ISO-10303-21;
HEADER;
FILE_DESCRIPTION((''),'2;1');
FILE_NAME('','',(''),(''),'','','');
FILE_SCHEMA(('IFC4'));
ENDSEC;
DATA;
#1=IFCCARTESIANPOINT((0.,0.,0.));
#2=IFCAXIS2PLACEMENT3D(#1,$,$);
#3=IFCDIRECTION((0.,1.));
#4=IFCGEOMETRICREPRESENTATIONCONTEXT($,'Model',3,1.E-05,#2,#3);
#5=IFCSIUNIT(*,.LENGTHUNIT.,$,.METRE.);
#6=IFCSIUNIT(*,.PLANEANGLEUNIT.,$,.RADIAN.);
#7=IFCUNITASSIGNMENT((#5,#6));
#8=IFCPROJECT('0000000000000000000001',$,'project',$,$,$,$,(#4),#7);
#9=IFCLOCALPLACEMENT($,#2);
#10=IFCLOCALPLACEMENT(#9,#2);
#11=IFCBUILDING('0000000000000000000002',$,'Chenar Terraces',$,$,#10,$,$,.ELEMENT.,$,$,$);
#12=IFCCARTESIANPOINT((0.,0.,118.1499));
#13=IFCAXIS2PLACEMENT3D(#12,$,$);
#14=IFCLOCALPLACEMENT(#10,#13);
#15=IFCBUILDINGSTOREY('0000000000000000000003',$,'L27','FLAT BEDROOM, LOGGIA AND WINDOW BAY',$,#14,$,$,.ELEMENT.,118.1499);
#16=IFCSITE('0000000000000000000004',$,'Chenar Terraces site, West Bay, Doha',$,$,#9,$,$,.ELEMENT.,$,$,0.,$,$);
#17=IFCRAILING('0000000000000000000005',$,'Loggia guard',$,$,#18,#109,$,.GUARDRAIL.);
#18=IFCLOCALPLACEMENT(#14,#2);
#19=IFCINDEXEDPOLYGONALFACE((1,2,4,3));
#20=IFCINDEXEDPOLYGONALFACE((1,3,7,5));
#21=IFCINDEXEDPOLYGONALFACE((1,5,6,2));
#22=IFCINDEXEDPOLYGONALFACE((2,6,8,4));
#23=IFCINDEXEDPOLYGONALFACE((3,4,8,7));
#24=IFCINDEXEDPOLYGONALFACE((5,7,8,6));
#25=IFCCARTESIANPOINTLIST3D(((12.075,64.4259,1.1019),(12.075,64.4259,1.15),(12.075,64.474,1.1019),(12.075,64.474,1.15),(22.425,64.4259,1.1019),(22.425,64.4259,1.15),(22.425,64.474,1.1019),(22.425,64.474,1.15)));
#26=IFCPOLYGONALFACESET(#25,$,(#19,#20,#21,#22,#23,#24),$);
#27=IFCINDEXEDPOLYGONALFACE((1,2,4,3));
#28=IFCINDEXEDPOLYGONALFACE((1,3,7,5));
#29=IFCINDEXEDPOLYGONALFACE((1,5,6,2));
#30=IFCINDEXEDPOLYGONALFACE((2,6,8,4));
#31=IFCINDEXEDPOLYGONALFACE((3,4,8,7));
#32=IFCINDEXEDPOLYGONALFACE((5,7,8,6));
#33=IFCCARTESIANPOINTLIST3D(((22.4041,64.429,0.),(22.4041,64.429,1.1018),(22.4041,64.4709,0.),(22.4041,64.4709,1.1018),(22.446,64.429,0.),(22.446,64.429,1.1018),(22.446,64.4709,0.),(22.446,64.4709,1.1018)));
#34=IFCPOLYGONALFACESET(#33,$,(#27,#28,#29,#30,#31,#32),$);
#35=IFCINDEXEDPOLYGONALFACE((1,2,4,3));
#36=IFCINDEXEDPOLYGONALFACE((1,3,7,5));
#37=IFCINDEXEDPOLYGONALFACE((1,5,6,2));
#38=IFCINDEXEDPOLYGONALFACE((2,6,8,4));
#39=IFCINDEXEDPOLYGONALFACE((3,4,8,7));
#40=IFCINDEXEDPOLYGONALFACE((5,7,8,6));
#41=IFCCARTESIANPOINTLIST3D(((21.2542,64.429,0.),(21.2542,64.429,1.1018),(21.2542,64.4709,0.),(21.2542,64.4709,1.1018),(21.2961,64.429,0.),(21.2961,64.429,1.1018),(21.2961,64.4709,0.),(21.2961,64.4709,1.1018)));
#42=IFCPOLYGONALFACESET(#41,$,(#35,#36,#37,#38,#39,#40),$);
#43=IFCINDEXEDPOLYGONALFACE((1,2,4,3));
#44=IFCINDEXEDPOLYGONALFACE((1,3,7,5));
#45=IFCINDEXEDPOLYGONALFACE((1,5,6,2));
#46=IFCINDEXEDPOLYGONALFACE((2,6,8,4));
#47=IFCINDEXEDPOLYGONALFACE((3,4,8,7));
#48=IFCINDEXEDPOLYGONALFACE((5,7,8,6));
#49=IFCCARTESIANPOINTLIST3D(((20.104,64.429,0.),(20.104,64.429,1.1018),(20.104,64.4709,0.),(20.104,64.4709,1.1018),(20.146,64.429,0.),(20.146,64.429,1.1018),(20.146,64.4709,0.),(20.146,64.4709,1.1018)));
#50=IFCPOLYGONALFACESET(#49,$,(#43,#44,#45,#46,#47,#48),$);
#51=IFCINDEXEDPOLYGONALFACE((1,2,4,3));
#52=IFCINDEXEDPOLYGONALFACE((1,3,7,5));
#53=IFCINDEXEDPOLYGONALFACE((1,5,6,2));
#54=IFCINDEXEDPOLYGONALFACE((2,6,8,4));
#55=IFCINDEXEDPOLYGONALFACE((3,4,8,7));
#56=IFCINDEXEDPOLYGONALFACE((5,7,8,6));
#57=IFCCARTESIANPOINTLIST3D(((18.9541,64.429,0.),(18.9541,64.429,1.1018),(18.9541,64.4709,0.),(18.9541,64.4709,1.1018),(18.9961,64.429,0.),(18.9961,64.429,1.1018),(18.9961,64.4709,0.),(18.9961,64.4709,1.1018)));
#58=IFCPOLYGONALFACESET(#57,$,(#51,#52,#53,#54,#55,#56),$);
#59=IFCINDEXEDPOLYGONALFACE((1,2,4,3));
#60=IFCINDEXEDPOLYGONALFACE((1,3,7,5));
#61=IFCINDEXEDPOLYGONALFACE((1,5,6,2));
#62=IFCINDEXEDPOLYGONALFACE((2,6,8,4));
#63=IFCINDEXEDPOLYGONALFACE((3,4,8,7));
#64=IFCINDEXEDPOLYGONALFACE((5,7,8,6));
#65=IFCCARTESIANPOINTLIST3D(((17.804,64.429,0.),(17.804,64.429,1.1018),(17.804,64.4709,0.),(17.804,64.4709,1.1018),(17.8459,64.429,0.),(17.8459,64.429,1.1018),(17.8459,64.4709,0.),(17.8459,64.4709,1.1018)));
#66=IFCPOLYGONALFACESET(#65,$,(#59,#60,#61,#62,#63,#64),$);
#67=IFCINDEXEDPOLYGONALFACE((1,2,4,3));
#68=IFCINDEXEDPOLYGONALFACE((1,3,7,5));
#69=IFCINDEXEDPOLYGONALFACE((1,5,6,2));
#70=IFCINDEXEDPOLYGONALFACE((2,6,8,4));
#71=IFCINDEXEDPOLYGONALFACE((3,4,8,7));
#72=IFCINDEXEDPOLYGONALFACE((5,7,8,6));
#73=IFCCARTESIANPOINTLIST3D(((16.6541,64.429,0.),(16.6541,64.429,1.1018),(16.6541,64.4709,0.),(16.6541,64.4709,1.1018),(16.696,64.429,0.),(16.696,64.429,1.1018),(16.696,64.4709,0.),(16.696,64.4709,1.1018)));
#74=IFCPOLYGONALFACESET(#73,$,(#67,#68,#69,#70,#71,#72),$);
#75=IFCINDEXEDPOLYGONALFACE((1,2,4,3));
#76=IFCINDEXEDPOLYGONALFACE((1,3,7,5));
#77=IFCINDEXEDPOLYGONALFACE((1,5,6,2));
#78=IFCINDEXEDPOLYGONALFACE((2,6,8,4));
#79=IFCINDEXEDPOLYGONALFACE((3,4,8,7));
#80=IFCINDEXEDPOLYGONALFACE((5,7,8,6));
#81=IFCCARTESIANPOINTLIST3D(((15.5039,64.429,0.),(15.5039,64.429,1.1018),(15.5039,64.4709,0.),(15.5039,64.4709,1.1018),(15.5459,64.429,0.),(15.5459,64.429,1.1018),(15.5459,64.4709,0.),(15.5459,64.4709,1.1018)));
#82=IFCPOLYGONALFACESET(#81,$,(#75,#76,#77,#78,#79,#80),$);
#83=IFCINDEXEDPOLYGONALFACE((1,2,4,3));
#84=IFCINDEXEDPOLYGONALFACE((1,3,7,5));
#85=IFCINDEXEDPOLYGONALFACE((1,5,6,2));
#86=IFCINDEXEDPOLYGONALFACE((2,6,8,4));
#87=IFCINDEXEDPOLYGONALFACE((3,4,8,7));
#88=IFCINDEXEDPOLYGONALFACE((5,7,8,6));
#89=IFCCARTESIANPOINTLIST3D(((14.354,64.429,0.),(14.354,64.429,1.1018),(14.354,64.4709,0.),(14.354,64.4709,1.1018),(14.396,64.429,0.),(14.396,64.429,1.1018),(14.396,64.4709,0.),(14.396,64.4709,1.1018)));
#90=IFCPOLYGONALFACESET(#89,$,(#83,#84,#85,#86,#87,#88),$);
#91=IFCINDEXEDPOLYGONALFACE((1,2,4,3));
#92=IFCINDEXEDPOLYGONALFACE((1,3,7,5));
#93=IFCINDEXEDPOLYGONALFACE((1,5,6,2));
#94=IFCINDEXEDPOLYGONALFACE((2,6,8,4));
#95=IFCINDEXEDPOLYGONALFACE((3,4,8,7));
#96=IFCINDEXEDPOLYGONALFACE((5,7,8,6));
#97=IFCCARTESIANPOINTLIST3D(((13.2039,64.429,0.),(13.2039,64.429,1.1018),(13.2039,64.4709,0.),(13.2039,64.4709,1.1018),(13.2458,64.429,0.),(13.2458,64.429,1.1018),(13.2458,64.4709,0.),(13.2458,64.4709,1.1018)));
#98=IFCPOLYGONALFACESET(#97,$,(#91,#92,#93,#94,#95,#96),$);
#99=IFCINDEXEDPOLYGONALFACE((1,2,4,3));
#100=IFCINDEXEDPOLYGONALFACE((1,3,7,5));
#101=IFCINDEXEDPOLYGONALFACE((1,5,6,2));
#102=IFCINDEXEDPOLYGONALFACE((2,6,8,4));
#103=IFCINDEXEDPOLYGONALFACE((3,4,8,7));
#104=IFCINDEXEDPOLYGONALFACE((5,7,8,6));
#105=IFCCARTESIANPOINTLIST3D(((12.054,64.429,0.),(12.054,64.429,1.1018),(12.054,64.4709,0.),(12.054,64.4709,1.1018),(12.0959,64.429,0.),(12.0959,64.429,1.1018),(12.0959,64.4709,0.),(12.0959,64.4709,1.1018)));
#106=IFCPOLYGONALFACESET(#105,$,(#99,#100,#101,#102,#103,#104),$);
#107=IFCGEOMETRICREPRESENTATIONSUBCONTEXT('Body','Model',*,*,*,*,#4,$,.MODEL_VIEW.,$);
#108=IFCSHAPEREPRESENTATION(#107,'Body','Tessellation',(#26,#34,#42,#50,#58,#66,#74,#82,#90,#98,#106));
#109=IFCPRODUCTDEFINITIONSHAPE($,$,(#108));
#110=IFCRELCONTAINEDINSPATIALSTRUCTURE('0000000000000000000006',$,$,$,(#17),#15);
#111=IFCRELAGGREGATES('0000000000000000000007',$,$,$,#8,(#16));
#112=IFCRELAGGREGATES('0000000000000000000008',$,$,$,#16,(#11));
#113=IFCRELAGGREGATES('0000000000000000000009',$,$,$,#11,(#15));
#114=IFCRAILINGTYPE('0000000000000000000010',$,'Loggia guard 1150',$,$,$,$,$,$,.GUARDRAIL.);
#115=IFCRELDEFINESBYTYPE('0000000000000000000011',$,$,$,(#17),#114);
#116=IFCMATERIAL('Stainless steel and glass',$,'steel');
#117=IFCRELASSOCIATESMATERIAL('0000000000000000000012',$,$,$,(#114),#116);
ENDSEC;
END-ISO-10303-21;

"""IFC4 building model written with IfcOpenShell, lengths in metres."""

from ifc_helpers import new_model, si_unit, direction, frame, origin, origin_2d, place, context, subcontext, project, spatial, rectangle, extrude, material, type_object, element, save


model = new_model("IFC4")

# Units and contexts
model_context = context("Model", 3, precision=1e-05, world=origin(), true_north=direction((0.0, 1.0)))
body_context = subcontext(model_context, "Body", "Model", "MODEL_VIEW")
ifc_project = project(units=[si_unit("LENGTHUNIT", "METRE"), si_unit("PLANEANGLEUNIT", "RADIAN")], contexts=[model_context])

# Site, building, storey
site_placement = place(None, origin())
site = spatial("IfcSite", under=ifc_project, at=site_placement, Name="Chenar Terraces site, West Bay, Doha", CompositionType="ELEMENT", RefElevation=0.0)
building_placement = place(site_placement, origin())
building = spatial("IfcBuilding", under=site, at=building_placement, Name="Chenar Terraces", CompositionType="ELEMENT")
storey_placement = place(building_placement, frame((0.0, 0.0, 118.1499)))
storey = spatial("IfcBuildingStorey", under=building, at=storey_placement, Name="L27", Description="FLAT BEDROOM, LOGGIA AND WINDOW BAY", CompositionType="ELEMENT", Elevation=118.1499)

# Railing
ifc_material_1 = material(Name="Stainless steel and glass", Category="steel")
railing_type_1 = type_object("IfcRailingType", Name="Loggia guard 1150", PredefinedType="GUARDRAIL", material=ifc_material_1)
railing_1_placement = place(storey_placement, frame((22.425, 64.45, 0.0)))
element("IfcRailing", 1, at=railing_1_placement, inside=storey, type_object=railing_type_1, Name="Loggia guard", PredefinedType="GUARDRAIL", context=body_context, shape_type="SweptSolid", body=[
    extrude(rectangle(XDim=0.0481, YDim=0.0481, at=origin_2d()), frame((0.0, 0.0, 1.126), z_axis=(-1.0, 0.0, 0.0), x_axis=(0.0, -1.0, 0.0)), (0.0, 0.0, 1.0), 10.3501),
    extrude(rectangle(XDim=0.042, YDim=0.042, at=origin_2d()), origin(), (0.0, 0.0, 1.0), 1.1018),
    extrude(rectangle(XDim=0.042, YDim=0.042, at=origin_2d()), frame((-1.1499, 0.0, 0.0)), (0.0, 0.0, 1.0), 1.1018),
    extrude(rectangle(XDim=0.042, YDim=0.042, at=origin_2d()), frame((-2.3, 0.0, 0.0)), (0.0, 0.0, 1.0), 1.1018),
    extrude(rectangle(XDim=0.042, YDim=0.042, at=origin_2d()), frame((-3.45, 0.0, 0.0)), (0.0, 0.0, 1.0), 1.1018),
    extrude(rectangle(XDim=0.042, YDim=0.042, at=origin_2d()), frame((-4.6001, 0.0, 0.0)), (0.0, 0.0, 1.0), 1.1018),
    extrude(rectangle(XDim=0.042, YDim=0.042, at=origin_2d()), frame((-5.75, 0.0, 0.0)), (0.0, 0.0, 1.0), 1.1018),
    extrude(rectangle(XDim=0.042, YDim=0.042, at=origin_2d()), frame((-6.9001, 0.0, 0.0)), (0.0, 0.0, 1.0), 1.1018),
    extrude(rectangle(XDim=0.042, YDim=0.042, at=origin_2d()), frame((-8.05, 0.0, 0.0)), (0.0, 0.0, 1.0), 1.1018),
    extrude(rectangle(XDim=0.042, YDim=0.042, at=origin_2d()), frame((-9.2002, 0.0, 0.0)), (0.0, 0.0, 1.0), 1.1018),
    extrude(rectangle(XDim=0.042, YDim=0.042, at=origin_2d()), frame((-10.3501, 0.0, 0.0)), (0.0, 0.0, 1.0), 1.1018),
])

save(model, "model.ifc")
